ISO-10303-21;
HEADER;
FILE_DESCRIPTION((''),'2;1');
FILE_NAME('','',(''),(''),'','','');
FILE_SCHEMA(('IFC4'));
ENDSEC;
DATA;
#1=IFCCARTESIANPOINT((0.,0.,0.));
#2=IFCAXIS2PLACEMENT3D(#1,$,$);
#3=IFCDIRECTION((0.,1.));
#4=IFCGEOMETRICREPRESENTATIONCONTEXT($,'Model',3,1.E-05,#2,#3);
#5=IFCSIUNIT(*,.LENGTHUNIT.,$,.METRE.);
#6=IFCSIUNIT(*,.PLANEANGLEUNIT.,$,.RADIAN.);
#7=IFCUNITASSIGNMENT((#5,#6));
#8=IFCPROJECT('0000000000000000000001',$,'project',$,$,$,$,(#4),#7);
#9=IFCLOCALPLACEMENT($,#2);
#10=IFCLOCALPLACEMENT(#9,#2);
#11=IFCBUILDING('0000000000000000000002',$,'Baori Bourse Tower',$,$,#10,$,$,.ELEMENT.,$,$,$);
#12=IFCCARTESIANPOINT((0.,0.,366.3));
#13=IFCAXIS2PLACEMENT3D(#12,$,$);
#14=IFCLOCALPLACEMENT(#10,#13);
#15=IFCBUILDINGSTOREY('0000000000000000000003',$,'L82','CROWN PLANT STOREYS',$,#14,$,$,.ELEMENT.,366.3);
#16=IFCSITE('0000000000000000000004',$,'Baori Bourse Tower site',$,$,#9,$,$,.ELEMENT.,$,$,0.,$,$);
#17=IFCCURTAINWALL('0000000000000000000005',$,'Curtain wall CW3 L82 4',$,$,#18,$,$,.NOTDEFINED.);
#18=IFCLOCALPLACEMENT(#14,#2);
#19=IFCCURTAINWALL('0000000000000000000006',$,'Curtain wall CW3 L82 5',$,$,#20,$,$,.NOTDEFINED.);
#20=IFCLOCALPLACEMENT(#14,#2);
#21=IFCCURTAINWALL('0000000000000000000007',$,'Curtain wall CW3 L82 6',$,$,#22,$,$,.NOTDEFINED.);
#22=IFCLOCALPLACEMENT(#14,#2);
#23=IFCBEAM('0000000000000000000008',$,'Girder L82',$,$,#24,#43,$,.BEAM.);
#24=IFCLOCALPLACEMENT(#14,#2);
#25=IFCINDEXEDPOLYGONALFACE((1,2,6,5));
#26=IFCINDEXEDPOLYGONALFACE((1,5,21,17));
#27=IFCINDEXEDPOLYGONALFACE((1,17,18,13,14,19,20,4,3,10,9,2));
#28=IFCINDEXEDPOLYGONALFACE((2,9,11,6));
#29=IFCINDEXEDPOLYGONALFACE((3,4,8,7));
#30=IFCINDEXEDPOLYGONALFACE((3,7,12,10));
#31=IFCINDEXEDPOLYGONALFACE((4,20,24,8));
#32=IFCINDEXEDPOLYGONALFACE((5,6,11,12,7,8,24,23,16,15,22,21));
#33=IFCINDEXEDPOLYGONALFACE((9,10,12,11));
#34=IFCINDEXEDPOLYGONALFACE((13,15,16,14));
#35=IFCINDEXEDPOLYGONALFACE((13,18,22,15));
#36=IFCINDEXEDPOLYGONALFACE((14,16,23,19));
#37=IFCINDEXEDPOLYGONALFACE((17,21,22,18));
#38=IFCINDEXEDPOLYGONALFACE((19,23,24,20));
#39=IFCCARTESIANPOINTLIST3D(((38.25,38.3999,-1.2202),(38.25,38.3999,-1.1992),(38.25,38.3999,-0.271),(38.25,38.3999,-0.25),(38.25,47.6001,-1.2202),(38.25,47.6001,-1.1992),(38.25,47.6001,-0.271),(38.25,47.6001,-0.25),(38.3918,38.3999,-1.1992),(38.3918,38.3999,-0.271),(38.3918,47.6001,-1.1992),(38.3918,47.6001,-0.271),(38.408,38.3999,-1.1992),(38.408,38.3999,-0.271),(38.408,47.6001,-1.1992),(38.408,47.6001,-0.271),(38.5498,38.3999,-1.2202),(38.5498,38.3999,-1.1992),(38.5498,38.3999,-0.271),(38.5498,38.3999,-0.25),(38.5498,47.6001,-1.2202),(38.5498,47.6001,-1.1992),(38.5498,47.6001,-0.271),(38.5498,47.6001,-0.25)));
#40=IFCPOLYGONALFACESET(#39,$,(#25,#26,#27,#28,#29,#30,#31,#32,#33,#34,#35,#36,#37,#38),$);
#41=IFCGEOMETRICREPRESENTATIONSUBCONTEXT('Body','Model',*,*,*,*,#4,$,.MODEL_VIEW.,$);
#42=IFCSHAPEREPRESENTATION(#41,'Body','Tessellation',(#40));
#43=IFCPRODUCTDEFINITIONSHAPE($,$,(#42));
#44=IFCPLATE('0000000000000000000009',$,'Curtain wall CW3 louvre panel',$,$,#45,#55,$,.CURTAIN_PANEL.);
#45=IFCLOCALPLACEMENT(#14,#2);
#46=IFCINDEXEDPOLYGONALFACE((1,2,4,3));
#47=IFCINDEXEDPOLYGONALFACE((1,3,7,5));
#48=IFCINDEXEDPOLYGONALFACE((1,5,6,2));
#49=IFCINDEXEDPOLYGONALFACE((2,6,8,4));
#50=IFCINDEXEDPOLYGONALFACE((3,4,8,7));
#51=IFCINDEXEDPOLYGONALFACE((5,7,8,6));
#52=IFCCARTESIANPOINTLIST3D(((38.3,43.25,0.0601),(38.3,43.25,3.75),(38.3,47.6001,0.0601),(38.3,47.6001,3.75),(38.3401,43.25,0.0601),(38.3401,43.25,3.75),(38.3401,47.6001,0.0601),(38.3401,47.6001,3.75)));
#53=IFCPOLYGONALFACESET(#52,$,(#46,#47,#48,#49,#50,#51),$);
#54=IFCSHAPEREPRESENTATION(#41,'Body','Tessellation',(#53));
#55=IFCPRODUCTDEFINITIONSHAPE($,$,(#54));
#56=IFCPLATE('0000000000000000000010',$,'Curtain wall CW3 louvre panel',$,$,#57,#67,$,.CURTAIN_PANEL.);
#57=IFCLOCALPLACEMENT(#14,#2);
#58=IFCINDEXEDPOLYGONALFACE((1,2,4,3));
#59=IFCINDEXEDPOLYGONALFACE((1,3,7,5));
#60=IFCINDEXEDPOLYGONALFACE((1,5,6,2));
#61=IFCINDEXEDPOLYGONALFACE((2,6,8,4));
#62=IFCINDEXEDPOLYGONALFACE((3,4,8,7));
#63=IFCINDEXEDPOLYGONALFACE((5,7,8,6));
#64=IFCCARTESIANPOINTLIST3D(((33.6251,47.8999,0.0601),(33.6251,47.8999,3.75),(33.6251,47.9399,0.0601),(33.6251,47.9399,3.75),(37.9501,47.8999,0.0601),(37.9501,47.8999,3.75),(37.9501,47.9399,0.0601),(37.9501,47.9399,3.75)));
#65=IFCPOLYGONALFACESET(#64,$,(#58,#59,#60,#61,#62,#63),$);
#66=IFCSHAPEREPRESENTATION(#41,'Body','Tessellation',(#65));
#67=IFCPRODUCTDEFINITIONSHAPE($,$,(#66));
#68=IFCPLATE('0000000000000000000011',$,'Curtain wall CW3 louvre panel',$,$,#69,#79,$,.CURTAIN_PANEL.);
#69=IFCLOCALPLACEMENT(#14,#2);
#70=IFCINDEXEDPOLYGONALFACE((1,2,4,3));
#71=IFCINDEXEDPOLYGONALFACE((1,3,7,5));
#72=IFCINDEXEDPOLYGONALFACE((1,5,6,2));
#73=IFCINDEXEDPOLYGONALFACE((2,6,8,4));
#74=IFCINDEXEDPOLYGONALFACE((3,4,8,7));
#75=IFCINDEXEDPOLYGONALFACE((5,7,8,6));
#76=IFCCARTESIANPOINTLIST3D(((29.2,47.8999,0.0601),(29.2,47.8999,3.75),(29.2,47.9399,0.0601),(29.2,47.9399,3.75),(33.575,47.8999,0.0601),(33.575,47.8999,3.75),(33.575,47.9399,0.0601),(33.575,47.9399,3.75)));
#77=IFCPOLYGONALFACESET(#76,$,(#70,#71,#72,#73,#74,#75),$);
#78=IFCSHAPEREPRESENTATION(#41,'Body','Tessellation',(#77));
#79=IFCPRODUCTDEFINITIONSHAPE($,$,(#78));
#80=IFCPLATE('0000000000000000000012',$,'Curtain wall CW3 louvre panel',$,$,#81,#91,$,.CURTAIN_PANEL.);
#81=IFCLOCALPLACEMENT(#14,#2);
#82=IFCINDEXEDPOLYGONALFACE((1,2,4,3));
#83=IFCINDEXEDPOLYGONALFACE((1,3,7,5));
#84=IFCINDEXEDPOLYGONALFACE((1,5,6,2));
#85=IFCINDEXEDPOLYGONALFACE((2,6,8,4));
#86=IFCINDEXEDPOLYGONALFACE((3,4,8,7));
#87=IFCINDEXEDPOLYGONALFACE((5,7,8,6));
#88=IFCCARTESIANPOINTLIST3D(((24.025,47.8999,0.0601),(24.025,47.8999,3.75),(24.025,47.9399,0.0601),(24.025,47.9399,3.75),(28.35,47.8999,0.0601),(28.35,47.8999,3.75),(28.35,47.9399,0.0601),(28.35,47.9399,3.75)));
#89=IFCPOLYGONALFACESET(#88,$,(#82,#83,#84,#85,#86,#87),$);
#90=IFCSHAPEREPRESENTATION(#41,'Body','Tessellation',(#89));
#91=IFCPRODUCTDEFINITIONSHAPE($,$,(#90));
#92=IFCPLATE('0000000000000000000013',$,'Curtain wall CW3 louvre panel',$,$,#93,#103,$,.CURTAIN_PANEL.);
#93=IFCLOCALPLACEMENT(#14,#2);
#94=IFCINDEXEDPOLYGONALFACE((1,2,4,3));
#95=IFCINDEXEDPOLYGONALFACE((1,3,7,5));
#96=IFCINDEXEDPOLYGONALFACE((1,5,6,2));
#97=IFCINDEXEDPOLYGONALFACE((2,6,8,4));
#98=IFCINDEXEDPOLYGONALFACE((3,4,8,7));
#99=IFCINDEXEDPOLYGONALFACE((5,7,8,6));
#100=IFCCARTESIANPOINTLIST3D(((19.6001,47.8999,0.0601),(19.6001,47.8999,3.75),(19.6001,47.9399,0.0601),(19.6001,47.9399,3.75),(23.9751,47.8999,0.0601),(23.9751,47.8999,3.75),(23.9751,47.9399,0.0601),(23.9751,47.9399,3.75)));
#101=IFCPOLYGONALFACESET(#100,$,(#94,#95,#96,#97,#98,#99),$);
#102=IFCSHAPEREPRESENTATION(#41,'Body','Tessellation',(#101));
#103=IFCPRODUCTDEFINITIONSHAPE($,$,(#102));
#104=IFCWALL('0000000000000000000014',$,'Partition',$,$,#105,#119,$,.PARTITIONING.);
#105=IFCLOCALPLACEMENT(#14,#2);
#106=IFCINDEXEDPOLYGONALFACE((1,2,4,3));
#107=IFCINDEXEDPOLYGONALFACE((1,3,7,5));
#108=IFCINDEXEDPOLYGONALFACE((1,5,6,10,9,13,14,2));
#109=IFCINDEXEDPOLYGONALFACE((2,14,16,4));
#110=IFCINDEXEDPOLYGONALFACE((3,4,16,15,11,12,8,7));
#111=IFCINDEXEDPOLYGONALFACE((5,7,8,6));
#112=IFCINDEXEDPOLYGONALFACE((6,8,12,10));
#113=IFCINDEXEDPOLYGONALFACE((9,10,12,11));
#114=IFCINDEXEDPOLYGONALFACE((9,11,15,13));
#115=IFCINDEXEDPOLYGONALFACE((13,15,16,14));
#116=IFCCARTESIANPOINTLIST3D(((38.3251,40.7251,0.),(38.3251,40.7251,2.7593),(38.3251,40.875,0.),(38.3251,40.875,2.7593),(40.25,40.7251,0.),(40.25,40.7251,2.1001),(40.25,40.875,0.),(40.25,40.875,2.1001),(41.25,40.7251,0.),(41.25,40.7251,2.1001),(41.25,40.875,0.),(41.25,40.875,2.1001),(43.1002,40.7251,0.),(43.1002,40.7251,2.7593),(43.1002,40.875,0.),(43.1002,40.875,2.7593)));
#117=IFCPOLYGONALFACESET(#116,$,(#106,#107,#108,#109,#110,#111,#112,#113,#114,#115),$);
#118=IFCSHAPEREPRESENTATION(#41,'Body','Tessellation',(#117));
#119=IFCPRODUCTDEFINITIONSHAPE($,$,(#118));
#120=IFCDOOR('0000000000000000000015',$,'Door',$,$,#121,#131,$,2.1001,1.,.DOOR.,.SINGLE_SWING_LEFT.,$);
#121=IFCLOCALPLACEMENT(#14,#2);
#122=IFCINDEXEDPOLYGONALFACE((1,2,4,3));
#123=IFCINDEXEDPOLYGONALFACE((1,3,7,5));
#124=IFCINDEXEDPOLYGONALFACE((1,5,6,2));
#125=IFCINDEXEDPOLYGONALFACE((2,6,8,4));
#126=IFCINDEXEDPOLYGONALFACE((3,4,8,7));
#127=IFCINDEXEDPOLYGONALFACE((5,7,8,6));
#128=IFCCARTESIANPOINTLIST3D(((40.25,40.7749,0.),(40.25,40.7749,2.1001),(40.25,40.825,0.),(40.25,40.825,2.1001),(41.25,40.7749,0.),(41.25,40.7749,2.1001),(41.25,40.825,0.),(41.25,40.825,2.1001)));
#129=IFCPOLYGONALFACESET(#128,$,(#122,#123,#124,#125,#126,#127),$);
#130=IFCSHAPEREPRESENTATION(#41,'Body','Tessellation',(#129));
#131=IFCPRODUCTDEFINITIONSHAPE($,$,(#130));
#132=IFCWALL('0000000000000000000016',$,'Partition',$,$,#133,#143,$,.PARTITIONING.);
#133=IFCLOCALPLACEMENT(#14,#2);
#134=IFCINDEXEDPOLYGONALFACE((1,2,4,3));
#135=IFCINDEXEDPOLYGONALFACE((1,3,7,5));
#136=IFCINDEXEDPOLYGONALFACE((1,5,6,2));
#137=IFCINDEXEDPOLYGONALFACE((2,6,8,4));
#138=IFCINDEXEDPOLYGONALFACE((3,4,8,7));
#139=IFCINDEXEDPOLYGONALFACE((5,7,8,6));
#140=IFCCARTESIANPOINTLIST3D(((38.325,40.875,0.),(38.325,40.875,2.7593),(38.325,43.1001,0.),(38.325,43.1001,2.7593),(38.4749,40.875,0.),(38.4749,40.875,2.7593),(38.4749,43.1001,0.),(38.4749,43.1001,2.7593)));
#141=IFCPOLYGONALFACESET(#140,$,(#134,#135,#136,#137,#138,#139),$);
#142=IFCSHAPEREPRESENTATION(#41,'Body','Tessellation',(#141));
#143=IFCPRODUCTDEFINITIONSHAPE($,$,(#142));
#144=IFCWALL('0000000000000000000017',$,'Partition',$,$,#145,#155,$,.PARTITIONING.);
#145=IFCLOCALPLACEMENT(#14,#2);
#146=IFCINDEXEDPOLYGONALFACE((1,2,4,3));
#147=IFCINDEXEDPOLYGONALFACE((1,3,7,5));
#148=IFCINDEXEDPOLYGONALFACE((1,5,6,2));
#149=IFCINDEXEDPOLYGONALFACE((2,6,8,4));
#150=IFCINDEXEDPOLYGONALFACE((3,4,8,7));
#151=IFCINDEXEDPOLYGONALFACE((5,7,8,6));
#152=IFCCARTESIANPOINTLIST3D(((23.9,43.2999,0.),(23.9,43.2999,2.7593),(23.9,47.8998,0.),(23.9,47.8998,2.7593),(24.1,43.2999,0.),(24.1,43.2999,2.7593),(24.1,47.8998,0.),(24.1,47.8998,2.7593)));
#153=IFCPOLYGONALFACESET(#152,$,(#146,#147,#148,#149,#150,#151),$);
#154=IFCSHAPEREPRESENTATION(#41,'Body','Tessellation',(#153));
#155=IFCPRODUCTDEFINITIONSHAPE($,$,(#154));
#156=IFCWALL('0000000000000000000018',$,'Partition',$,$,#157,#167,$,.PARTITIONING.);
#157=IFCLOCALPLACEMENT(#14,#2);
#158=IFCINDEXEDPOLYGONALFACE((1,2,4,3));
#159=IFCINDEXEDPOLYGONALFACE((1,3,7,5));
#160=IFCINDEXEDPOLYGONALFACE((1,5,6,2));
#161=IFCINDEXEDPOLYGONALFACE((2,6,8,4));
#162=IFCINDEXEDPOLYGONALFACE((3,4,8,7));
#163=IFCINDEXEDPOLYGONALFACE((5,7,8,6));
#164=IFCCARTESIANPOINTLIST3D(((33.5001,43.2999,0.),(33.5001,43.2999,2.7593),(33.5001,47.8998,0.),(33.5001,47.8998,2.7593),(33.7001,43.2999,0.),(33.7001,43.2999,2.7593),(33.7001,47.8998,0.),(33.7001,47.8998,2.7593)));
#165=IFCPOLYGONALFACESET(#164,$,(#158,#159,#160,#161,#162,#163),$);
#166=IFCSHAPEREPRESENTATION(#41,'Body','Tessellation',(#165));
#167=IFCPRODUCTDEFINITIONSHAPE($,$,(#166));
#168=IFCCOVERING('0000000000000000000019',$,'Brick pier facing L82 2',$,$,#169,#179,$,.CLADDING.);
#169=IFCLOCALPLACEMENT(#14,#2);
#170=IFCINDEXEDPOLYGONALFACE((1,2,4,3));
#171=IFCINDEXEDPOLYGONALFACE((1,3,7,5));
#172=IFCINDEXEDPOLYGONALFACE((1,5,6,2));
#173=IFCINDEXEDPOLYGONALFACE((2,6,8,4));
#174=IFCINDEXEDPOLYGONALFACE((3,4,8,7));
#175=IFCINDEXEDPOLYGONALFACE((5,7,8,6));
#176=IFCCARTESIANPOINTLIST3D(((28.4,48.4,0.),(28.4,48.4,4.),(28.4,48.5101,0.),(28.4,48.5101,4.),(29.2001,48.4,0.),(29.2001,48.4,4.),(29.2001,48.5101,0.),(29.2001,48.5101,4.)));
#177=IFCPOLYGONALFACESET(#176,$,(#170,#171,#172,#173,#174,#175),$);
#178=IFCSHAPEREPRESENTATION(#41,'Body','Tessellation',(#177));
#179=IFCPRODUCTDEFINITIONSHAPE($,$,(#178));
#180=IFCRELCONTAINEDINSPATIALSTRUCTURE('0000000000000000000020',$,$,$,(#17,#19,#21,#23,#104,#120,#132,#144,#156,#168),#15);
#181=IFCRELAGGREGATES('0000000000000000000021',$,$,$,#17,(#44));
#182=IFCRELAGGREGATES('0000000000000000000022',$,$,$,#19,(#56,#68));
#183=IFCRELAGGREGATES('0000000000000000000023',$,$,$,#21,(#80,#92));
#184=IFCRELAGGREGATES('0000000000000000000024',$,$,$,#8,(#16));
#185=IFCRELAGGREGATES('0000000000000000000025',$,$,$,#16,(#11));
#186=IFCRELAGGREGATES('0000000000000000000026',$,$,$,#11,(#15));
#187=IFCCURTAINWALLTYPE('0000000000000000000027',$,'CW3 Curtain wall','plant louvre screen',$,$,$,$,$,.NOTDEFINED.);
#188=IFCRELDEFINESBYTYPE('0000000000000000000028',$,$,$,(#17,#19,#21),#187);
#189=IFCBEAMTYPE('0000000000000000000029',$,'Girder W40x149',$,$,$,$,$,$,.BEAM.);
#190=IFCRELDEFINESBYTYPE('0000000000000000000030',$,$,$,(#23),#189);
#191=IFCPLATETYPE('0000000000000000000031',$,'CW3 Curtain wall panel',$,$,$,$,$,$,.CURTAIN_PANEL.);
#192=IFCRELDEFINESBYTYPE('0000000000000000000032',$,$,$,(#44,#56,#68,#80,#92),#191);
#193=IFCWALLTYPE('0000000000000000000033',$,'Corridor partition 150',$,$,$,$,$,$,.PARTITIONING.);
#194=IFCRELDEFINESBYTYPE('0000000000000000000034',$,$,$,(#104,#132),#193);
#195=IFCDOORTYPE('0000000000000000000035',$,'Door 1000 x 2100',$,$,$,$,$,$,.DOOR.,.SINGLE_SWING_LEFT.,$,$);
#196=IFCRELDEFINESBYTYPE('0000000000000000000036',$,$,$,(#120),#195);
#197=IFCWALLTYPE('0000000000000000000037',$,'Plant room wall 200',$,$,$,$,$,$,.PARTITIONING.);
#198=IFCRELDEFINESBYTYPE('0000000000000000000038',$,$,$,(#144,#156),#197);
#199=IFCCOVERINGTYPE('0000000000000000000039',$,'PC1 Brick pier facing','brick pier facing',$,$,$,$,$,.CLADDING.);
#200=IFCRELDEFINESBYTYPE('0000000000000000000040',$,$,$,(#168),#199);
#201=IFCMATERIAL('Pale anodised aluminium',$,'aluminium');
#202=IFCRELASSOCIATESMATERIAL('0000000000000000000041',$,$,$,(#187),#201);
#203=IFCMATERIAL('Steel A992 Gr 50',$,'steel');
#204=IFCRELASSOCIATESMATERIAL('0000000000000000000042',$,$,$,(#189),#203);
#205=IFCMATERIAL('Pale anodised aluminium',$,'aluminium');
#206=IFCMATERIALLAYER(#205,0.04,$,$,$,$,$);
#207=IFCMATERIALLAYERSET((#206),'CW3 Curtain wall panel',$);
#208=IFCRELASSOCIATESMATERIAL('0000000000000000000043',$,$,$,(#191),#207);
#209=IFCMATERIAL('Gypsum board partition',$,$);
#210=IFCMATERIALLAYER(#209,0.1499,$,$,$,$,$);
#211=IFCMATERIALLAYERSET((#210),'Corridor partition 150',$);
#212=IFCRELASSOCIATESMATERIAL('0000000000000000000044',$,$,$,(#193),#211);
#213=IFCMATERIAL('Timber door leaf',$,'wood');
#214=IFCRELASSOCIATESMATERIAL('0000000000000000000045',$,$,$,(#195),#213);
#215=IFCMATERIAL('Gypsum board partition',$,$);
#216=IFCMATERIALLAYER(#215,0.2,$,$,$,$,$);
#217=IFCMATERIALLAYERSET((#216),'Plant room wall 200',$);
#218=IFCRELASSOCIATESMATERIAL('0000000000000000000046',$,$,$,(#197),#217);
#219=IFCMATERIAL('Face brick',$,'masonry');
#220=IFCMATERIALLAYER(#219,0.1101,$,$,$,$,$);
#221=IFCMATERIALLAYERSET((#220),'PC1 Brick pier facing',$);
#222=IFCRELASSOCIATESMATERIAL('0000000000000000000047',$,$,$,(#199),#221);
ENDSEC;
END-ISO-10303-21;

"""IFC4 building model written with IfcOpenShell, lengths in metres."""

from ifc_helpers import new_model, si_unit, direction, frame, frame_2d, origin, origin_2d, place, context, subcontext, project, spatial, rectangle, i_section, extrude, material, layer, layer_set, material_profile, profile_set, type_object, element, fill, aggregate, save


model = new_model("IFC4")

# Units and contexts
model_context = context("Model", 3, precision=1e-05, world=origin(), true_north=direction((0.0, 1.0)))
body_context = subcontext(model_context, "Body", "Model", "MODEL_VIEW")
ifc_project = project(units=[si_unit("LENGTHUNIT", "METRE"), si_unit("PLANEANGLEUNIT", "RADIAN")], contexts=[model_context])

# Site, building, storey
site_placement = place(None, origin())
site = spatial("IfcSite", under=ifc_project, at=site_placement, Name="Baori Bourse Tower site", CompositionType="ELEMENT", RefElevation=0.0)
building_placement = place(site_placement, origin())
building = spatial("IfcBuilding", under=site, at=building_placement, Name="Baori Bourse Tower", CompositionType="ELEMENT")
storey_placement = place(building_placement, frame((0.0, 0.0, 366.3)))
storey = spatial("IfcBuildingStorey", under=building, at=storey_placement, Name="L82", Description="CROWN PLANT STOREYS", CompositionType="ELEMENT", Elevation=366.3)

# Curtain wall
ifc_material_1 = material(Name="Pale anodised aluminium", Category="aluminium")
curtain_wall_type = type_object("IfcCurtainWallType", Name="CW3 Curtain wall", Description="plant louvre screen", PredefinedType="NOTDEFINED", material=ifc_material_1)
curtain_wall_1_placement = place(storey_placement, origin())
curtain_wall_1 = element("IfcCurtainWall", 1, at=curtain_wall_1_placement, inside=storey, type_object=curtain_wall_type, Name="Curtain wall CW3 L82 4", PredefinedType="NOTDEFINED")

# Curtain walls
curtain_wall_2_placement = place(storey_placement, origin())
curtain_wall_2 = element("IfcCurtainWall", 2, at=curtain_wall_2_placement, inside=storey, type_object=curtain_wall_type, Name="Curtain wall CW3 L82 5", PredefinedType="NOTDEFINED")
curtain_wall_3_placement = place(storey_placement, origin())
curtain_wall_3 = element("IfcCurtainWall", 3, at=curtain_wall_3_placement, inside=storey, type_object=curtain_wall_type, Name="Curtain wall CW3 L82 6", PredefinedType="NOTDEFINED")

# Beam
ifc_material_2 = material(Name="Steel A992 Gr 50", Category="steel")
ifc_material_profile_1 = material_profile(ifc_material_2, i_section(OverallWidth=0.2998, OverallDepth=0.9702, WebThickness=0.0161, FlangeThickness=0.021, at=origin_2d()), Name="W40x149")
ifc_profile_set_1 = profile_set([ifc_material_profile_1], Name="Steel A992 Gr 50")
beam_type_1 = type_object("IfcBeamType", Name="Girder W40x149", PredefinedType="BEAM", material=ifc_profile_set_1)
beam_1_placement = place(storey_placement, frame((38.3999, 38.3999, -0.7351), z_axis=(0.0, 1.0, 0.0), x_axis=(-1.0, 0.0, 0.0)))
element("IfcBeam", 4, at=beam_1_placement, inside=storey, type_object=beam_type_1, Name="Girder L82", PredefinedType="BEAM", context=body_context, shape_type="SweptSolid", body=[
    extrude(i_section(OverallWidth=0.2998, OverallDepth=0.9702, WebThickness=0.0161, FlangeThickness=0.021, at=origin_2d()), origin(), (0.0, 0.0, 1.0), 9.2002),
])

# Plates
ifc_material_3 = material(Name="Pale anodised aluminium", Category="aluminium")
ifc_layer_1 = layer(ifc_material_3, 0.04)
ifc_layer_set_1 = layer_set([ifc_layer_1], Name="CW3 Curtain wall panel")
plate_type = type_object("IfcPlateType", Name="CW3 Curtain wall panel", PredefinedType="CURTAIN_PANEL", material=ifc_layer_set_1)
plate_1_placement = place(storey_placement, frame((38.3201, 45.425, 0.0601), z_axis=(0.0, 0.0, 1.0), x_axis=(0.0, 1.0, 0.0)))
plate_1 = element("IfcPlate", 5, at=plate_1_placement, type_object=plate_type, Name="Curtain wall CW3 louvre panel", PredefinedType="CURTAIN_PANEL", context=body_context, shape_type="SweptSolid", body=[
    extrude(rectangle(XDim=4.3501, YDim=0.04, at=origin_2d()), origin(), (0.0, 0.0, 1.0), 3.6899),
])
aggregate(curtain_wall_1, [plate_1])
plate_2_placement = place(storey_placement, frame((35.7876, 47.9199, 0.0601), z_axis=(0.0, 0.0, 1.0), x_axis=(-1.0, 0.0, 0.0)))
plate_2 = element("IfcPlate", 6, at=plate_2_placement, type_object=plate_type, Name="Curtain wall CW3 louvre panel", PredefinedType="CURTAIN_PANEL", context=body_context, shape_type="SweptSolid", body=[
    extrude(rectangle(XDim=4.325, YDim=0.04, at=origin_2d()), origin(), (0.0, 0.0, 1.0), 3.6899),
])
plate_3_placement = place(storey_placement, frame((31.3875, 47.9199, 0.0601), z_axis=(0.0, 0.0, 1.0), x_axis=(-1.0, 0.0, 0.0)))
plate_3 = element("IfcPlate", 7, at=plate_3_placement, type_object=plate_type, Name="Curtain wall CW3 louvre panel", PredefinedType="CURTAIN_PANEL", context=body_context, shape_type="SweptSolid", body=[
    extrude(rectangle(XDim=4.375, YDim=0.04, at=origin_2d()), origin(), (0.0, 0.0, 1.0), 3.6899),
])
aggregate(curtain_wall_2, [plate_2, plate_3])
plate_4_placement = place(storey_placement, frame((26.1875, 47.9199, 0.0601), z_axis=(0.0, 0.0, 1.0), x_axis=(-1.0, 0.0, 0.0)))
plate_4 = element("IfcPlate", 8, at=plate_4_placement, type_object=plate_type, Name="Curtain wall CW3 louvre panel", PredefinedType="CURTAIN_PANEL", context=body_context, shape_type="SweptSolid", body=[
    extrude(rectangle(XDim=4.325, YDim=0.04, at=origin_2d()), origin(), (0.0, 0.0, 1.0), 3.6899),
])
plate_5_placement = place(storey_placement, frame((21.7876, 47.9199, 0.0601), z_axis=(0.0, 0.0, 1.0), x_axis=(-1.0, 0.0, 0.0)))
plate_5 = element("IfcPlate", 9, at=plate_5_placement, type_object=plate_type, Name="Curtain wall CW3 louvre panel", PredefinedType="CURTAIN_PANEL", context=body_context, shape_type="SweptSolid", body=[
    extrude(rectangle(XDim=4.375, YDim=0.04, at=origin_2d()), origin(), (0.0, 0.0, 1.0), 3.6899),
])
aggregate(curtain_wall_3, [plate_4, plate_5])

# Wall, opening, door
ifc_material_4 = material(Name="Gypsum board partition")
ifc_layer_2 = layer(ifc_material_4, 0.1499)
ifc_layer_set_2 = layer_set([ifc_layer_2], Name="Corridor partition 150")
wall_type_1 = type_object("IfcWallType", Name="Corridor partition 150", PredefinedType="PARTITIONING", material=ifc_layer_set_2)
wall_1_placement = place(storey_placement, frame((38.325, 40.8, 0.0), z_axis=(0.0, 0.0, 1.0), x_axis=(1.0, 0.0, 0.0)))
wall_1 = element("IfcWall", 10, at=wall_1_placement, inside=storey, type_object=wall_type_1, Name="Partition", PredefinedType="PARTITIONING", context=body_context, shape_type="SweptSolid", body=[
    extrude(rectangle(XDim=4.7751, YDim=0.1499, at=frame_2d((2.3877, 0.0))), origin(), (0.0, 0.0, 1.0), 2.7593),
])
opening_placement = place(wall_1_placement, frame((1.925, 0.0, 0.0)))
opening = element("IfcOpeningElement", 11, at=opening_placement, cuts=wall_1, PredefinedType="OPENING", context=body_context, shape_type="SweptSolid", body=[
    extrude(rectangle(XDim=1.0, YDim=2.1001, at=frame_2d((0.5, 1.05))), frame((0.0, 0.085, 0.0), z_axis=(0.0, -1.0, 0.0), x_axis=(1.0, 0.0, 0.0)), (0.0, 0.0, 1.0), 0.1699),
])
ifc_material_5 = material(Name="Timber door leaf", Category="wood")
door_type = type_object("IfcDoorType", Name="Door 1000 x 2100", OperationType="SINGLE_SWING_LEFT", PredefinedType="DOOR", material=ifc_material_5)
door_placement = place(opening_placement, origin())
door = element("IfcDoor", 12, at=door_placement, inside=storey, type_object=door_type, Name="Door", OperationType="SINGLE_SWING_LEFT", OverallHeight=2.1001, OverallWidth=1.0, PredefinedType="DOOR", context=body_context, shape_type="SweptSolid", body=[
    extrude(rectangle(XDim=1.0, YDim=2.1001, at=frame_2d((0.5, 1.05))), frame((0.0, 0.0249, 0.0), z_axis=(0.0, -1.0, 0.0), x_axis=(1.0, 0.0, 0.0)), (0.0, 0.0, 1.0), 0.05),
])
fill(opening, door)

# Walls
wall_2_placement = place(storey_placement, frame((38.3999, 40.875, 0.0), z_axis=(0.0, 0.0, 1.0), x_axis=(0.0, 1.0, 0.0)))
element("IfcWall", 13, at=wall_2_placement, inside=storey, type_object=wall_type_1, Name="Partition", PredefinedType="PARTITIONING", context=body_context, shape_type="SweptSolid", body=[
    extrude(rectangle(XDim=2.2251, YDim=0.1499, at=frame_2d((1.1125, 0.0))), origin(), (0.0, 0.0, 1.0), 2.7593),
])
ifc_material_6 = material(Name="Gypsum board partition")
ifc_layer_3 = layer(ifc_material_6, 0.2)
ifc_layer_set_3 = layer_set([ifc_layer_3], Name="Plant room wall 200")
wall_type_2 = type_object("IfcWallType", Name="Plant room wall 200", PredefinedType="PARTITIONING", material=ifc_layer_set_3)
for number, where, z_axis, x_axis, name in (
    (14, (24.0, 43.3, 0.0), (0.0, 0.0, 1.0), (0.0, 1.0, 0.0), "Partition"),
    (15, (33.6001, 43.3, 0.0), (0.0, 0.0, 1.0), (0.0, 1.0, 0.0), "Partition"),
):
    element("IfcWall", number, at=place(storey_placement, frame(where, z_axis=z_axis, x_axis=x_axis)), inside=storey, type_object=wall_type_2, Name=name, PredefinedType="PARTITIONING", context=body_context, shape_type="SweptSolid", body=[
        extrude(rectangle(XDim=4.5999, YDim=0.2, at=frame_2d((2.2998, 0.0))), origin(), (0.0, 0.0, 1.0), 2.7593),
    ])

# Covering
ifc_material_7 = material(Name="Face brick", Category="masonry")
ifc_layer_4 = layer(ifc_material_7, 0.1101)
ifc_layer_set_4 = layer_set([ifc_layer_4], Name="PC1 Brick pier facing")
covering_type = type_object("IfcCoveringType", Name="PC1 Brick pier facing", Description="brick pier facing", PredefinedType="CLADDING", material=ifc_layer_set_4)
covering_placement = place(storey_placement, frame((28.8, 48.4551, 0.0), z_axis=(0.0, 0.0, 1.0), x_axis=(1.0, 0.0, 0.0)))
element("IfcCovering", 16, at=covering_placement, inside=storey, type_object=covering_type, Name="Brick pier facing L82 2", PredefinedType="CLADDING", context=body_context, shape_type="SweptSolid", body=[
    extrude(rectangle(XDim=0.8, YDim=0.1101, at=origin_2d()), origin(), (0.0, 0.0, 1.0), 4.0),
])

save(model, "model.ifc")
